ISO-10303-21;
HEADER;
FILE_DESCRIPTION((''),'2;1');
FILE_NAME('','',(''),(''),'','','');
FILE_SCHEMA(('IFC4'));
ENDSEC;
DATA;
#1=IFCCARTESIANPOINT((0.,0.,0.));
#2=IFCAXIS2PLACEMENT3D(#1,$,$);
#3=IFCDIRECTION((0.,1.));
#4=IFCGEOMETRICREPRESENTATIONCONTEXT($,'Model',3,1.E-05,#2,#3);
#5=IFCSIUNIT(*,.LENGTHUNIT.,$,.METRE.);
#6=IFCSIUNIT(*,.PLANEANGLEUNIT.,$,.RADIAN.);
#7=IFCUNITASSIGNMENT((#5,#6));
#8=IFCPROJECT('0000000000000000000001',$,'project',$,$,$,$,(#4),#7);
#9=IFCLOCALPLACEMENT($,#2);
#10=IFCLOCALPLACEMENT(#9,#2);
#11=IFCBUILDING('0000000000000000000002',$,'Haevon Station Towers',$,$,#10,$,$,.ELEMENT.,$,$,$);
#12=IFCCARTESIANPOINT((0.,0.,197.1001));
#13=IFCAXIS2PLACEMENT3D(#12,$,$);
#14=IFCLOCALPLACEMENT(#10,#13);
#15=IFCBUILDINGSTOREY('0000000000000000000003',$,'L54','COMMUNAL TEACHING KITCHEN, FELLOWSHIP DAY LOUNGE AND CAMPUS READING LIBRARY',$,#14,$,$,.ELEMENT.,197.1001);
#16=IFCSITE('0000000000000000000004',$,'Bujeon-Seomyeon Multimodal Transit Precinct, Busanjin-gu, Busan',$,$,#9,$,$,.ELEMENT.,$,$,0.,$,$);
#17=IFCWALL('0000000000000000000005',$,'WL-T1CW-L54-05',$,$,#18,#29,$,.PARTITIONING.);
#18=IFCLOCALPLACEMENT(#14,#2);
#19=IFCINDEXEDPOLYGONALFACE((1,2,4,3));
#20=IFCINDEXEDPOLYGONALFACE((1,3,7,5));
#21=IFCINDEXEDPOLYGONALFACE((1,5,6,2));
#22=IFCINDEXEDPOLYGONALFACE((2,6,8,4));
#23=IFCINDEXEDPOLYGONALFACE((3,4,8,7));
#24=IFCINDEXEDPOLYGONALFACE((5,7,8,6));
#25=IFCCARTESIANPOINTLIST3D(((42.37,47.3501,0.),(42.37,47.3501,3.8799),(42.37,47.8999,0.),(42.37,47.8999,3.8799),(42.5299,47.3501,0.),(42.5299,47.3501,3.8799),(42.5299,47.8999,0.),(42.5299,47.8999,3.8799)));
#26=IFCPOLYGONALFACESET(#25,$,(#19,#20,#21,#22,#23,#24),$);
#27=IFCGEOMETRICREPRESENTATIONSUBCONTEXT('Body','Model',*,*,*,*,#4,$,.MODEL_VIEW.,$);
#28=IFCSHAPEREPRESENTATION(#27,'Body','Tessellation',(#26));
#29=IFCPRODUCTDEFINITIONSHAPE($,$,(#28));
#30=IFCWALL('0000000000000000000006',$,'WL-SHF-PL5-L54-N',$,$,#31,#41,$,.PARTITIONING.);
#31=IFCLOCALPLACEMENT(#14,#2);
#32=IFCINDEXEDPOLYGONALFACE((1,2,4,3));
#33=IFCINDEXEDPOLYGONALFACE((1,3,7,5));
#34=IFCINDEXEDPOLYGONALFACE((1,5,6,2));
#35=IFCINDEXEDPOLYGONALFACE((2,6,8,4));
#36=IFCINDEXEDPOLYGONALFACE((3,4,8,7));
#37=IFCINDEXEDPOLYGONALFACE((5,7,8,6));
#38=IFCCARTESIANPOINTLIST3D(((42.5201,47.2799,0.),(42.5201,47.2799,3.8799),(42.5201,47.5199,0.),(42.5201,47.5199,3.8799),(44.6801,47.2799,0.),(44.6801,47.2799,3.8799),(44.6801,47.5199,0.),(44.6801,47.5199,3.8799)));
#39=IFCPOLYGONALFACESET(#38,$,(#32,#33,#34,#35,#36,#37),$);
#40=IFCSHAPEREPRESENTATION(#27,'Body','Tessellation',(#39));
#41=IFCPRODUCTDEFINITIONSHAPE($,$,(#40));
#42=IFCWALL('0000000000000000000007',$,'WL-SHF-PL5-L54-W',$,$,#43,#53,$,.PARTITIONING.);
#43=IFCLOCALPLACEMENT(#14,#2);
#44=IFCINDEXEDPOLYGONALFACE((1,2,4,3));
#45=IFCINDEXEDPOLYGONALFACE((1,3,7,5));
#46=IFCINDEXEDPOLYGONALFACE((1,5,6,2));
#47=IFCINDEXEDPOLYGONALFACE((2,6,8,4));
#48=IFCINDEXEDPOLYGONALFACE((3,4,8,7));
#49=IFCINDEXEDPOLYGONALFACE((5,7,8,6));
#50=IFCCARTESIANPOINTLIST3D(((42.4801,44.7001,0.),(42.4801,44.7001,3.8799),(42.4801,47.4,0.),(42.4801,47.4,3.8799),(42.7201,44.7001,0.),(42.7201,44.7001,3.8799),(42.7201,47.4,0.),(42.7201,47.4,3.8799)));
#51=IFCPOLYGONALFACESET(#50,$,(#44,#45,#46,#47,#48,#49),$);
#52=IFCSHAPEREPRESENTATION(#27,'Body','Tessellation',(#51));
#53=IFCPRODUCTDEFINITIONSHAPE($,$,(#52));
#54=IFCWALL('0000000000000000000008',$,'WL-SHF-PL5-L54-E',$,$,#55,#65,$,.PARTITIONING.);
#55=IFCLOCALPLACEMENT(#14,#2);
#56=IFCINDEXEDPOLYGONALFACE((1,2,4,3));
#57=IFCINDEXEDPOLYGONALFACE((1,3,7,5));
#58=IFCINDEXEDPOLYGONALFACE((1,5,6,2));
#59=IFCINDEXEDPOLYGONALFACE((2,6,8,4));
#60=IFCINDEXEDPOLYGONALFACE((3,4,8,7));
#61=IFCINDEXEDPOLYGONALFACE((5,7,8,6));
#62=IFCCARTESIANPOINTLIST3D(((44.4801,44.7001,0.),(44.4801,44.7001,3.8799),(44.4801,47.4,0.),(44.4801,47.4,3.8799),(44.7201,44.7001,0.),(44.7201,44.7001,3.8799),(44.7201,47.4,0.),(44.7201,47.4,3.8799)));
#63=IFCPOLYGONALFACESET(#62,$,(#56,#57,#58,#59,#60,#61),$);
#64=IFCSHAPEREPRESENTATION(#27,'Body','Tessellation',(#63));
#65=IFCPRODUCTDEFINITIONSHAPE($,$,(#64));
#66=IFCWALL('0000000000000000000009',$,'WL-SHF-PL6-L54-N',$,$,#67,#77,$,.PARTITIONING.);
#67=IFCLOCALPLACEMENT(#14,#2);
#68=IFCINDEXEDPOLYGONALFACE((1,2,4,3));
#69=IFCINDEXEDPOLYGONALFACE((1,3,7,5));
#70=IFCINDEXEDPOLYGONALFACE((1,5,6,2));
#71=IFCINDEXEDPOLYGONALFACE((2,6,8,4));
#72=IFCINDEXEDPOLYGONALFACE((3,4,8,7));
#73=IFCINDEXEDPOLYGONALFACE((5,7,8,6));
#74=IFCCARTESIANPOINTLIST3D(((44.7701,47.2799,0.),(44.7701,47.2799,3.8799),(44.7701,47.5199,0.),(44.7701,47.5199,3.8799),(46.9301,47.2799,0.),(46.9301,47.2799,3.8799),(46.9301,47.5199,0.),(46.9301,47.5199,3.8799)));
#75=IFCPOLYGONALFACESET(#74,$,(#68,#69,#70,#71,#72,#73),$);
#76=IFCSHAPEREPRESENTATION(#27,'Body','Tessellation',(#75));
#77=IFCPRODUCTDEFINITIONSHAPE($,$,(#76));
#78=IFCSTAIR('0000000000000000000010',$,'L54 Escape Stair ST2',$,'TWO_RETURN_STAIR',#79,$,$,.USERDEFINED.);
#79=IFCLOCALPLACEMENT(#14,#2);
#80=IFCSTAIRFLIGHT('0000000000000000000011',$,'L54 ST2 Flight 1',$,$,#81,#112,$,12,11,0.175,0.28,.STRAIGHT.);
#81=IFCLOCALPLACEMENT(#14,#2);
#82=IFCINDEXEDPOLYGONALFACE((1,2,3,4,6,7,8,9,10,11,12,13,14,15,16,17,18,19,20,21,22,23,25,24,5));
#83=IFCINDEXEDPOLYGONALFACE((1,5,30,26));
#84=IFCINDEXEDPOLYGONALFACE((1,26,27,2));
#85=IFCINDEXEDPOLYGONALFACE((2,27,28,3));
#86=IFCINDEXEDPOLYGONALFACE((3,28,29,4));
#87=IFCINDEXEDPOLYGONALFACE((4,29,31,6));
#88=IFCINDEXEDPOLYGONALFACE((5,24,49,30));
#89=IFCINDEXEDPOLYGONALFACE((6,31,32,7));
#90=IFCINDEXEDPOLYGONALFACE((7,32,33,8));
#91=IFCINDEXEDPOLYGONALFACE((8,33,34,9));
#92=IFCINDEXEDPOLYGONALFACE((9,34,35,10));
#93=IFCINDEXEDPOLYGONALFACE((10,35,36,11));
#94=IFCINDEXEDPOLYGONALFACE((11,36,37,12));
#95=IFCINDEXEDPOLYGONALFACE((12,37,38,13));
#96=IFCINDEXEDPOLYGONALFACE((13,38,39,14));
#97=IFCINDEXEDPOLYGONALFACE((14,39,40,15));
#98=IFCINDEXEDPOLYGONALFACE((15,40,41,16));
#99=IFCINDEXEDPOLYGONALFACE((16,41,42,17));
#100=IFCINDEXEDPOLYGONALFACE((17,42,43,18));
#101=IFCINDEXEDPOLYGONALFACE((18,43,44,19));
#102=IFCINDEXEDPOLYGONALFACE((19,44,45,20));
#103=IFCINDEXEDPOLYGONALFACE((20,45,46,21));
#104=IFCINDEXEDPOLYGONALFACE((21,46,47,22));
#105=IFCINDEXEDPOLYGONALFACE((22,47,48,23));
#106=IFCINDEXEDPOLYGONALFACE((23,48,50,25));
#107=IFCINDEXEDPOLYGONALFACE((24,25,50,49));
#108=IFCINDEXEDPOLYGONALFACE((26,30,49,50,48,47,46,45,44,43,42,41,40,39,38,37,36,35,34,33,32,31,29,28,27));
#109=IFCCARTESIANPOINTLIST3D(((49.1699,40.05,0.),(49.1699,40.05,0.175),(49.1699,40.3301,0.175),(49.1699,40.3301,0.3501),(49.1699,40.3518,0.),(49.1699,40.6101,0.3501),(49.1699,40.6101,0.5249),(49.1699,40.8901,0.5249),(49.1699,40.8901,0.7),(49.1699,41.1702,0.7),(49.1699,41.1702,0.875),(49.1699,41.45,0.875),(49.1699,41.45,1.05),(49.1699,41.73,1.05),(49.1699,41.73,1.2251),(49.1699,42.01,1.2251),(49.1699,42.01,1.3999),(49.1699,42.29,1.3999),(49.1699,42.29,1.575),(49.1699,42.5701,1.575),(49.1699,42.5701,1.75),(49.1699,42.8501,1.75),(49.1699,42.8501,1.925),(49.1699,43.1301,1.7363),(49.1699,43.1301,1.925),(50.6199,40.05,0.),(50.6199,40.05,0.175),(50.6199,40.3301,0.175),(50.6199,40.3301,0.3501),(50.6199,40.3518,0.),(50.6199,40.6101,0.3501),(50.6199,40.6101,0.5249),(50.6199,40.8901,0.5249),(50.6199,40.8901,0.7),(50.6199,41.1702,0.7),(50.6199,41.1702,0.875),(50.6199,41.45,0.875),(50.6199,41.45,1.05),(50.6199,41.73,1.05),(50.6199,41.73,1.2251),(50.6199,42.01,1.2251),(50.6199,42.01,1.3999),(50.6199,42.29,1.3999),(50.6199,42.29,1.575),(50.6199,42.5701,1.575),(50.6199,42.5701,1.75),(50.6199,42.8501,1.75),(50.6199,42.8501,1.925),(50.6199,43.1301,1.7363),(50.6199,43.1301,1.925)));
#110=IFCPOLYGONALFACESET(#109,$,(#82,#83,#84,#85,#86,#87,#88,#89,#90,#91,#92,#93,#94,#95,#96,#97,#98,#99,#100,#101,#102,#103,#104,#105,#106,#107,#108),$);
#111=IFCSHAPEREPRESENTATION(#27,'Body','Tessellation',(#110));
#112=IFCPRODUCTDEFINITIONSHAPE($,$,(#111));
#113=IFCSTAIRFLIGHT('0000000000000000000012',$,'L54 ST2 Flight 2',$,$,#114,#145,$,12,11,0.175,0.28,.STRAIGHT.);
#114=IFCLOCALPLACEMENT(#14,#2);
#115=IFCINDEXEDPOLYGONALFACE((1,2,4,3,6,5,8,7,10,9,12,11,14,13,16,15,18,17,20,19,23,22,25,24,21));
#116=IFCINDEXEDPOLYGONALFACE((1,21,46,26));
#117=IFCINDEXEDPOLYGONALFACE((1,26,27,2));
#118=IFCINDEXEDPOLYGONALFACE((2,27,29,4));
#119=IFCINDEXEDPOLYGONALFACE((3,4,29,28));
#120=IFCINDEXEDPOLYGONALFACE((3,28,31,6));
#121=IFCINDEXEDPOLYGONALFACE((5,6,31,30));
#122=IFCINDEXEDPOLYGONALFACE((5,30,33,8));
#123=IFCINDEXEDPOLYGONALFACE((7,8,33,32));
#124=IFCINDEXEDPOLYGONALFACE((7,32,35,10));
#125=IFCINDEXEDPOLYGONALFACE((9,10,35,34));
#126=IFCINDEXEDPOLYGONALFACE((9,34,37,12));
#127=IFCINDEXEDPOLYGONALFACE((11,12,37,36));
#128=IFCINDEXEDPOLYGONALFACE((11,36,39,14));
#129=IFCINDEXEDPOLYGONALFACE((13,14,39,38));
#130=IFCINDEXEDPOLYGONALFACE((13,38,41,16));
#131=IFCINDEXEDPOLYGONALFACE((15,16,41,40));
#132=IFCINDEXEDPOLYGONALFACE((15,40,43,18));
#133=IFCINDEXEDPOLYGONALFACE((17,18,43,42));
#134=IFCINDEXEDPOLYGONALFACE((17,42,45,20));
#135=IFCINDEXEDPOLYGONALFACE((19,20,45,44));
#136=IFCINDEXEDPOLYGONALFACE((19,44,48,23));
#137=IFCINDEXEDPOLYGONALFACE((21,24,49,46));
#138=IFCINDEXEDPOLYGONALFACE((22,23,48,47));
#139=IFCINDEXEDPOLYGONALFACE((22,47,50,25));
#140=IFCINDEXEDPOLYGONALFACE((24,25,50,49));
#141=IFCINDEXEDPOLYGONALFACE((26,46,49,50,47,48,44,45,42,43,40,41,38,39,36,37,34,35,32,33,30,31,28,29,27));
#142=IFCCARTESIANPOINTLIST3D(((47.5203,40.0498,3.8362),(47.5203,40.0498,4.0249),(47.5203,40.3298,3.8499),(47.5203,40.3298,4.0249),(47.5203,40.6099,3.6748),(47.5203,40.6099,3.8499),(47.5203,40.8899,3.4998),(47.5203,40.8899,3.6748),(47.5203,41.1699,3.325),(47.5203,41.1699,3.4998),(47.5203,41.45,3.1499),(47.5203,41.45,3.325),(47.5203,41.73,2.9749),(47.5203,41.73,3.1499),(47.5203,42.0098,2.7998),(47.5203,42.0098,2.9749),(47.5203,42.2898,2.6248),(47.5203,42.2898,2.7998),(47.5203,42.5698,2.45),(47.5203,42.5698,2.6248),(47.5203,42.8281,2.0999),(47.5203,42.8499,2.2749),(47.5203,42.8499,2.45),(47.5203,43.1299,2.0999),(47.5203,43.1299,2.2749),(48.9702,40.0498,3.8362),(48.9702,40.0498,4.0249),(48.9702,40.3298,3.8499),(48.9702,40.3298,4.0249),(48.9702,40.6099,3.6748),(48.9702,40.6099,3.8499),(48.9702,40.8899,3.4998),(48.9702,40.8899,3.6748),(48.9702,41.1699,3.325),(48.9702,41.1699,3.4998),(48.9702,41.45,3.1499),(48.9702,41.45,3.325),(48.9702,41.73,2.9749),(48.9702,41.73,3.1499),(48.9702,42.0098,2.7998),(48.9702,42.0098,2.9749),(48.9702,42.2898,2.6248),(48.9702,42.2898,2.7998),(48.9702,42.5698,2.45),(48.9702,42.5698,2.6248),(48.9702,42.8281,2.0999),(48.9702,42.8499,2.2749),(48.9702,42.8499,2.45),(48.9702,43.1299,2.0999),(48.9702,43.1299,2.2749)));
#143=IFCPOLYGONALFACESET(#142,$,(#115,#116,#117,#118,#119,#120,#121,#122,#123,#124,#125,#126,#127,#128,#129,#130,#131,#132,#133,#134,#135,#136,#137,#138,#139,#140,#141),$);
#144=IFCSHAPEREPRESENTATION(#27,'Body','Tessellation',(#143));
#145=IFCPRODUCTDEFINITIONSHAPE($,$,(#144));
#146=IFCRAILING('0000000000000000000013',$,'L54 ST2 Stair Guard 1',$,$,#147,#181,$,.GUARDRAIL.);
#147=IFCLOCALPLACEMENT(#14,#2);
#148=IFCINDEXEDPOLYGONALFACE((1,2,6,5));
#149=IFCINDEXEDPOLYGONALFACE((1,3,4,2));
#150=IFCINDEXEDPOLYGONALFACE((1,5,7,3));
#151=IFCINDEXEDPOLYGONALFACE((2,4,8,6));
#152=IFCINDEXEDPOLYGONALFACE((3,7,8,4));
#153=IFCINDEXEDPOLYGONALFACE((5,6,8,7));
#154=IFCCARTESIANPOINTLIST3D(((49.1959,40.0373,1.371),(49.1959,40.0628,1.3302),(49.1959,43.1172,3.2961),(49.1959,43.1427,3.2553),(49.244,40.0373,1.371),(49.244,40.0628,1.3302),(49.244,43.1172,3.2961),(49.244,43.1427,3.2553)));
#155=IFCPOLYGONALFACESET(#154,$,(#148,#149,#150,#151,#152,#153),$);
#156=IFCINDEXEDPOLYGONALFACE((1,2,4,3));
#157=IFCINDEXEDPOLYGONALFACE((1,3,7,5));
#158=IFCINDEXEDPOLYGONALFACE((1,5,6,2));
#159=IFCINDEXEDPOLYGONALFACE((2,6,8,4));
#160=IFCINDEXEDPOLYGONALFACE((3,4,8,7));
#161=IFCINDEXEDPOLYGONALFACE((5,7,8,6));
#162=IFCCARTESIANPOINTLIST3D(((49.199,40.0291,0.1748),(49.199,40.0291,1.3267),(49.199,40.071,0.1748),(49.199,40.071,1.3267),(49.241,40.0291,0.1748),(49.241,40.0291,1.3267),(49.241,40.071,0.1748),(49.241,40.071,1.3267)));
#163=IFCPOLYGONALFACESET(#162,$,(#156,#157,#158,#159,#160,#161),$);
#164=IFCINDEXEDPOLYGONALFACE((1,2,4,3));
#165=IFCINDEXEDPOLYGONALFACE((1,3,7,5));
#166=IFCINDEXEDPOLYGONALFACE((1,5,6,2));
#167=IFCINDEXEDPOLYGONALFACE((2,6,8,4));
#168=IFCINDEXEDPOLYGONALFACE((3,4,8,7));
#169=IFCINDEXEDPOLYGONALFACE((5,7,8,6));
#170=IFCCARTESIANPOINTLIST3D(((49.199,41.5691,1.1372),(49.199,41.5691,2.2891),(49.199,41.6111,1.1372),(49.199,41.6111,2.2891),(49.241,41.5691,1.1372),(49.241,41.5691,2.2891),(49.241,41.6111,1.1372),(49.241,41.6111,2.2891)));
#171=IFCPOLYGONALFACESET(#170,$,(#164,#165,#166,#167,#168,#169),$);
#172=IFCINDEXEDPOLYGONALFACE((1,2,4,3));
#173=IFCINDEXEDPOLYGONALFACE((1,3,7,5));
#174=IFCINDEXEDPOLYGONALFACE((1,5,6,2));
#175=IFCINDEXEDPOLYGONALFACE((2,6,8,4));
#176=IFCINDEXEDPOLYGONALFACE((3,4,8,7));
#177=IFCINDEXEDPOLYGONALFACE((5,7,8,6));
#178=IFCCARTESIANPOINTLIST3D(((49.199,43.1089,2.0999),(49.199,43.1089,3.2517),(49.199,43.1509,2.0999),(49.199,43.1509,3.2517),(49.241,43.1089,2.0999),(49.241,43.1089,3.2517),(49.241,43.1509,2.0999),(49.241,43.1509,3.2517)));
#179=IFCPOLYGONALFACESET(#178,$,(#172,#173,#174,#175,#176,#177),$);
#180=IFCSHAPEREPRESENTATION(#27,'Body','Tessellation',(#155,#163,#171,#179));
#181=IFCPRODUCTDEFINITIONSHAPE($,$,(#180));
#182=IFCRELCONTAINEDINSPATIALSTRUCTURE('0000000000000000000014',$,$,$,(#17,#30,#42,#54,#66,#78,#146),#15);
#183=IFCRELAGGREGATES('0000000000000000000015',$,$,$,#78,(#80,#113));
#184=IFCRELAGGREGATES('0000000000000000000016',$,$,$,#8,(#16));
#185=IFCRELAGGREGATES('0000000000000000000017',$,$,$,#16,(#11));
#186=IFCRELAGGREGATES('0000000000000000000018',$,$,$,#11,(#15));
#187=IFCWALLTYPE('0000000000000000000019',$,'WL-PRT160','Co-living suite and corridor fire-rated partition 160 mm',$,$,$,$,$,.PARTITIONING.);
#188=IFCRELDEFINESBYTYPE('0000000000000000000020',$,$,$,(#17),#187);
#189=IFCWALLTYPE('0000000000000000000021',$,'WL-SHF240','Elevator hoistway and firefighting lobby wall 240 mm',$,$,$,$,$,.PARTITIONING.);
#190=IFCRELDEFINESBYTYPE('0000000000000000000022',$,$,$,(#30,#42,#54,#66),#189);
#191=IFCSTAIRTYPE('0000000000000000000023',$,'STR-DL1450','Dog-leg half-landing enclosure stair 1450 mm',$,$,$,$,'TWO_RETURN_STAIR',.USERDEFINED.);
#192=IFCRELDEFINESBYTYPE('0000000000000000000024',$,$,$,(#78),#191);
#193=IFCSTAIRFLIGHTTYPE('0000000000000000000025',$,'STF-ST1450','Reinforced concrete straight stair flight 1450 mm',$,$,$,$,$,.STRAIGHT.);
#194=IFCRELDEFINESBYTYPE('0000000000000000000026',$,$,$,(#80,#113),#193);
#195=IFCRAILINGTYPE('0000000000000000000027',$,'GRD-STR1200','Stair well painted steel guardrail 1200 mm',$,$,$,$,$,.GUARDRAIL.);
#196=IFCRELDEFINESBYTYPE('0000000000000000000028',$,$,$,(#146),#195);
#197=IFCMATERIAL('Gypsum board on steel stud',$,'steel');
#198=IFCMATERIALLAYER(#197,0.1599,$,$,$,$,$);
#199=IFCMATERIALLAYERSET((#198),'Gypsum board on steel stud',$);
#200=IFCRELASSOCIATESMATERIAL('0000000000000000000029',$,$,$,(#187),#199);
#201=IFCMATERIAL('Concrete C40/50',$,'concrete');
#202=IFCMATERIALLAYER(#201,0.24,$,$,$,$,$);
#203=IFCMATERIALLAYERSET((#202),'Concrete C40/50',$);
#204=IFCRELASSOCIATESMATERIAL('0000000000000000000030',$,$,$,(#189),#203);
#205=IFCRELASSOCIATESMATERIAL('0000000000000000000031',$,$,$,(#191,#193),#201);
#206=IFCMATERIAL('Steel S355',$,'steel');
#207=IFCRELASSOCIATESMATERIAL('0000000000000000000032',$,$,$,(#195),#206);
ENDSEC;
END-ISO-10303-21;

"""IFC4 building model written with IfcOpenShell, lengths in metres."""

from ifc_helpers import new_model, si_unit, direction, frame, frame_2d, origin, origin_2d, place, context, subcontext, project, spatial, polyline, rectangle, outline, extrude, material, layer, layer_set, type_object, element, aggregate, save


model = new_model("IFC4")

# Units and contexts
model_context = context("Model", 3, precision=1e-05, world=origin(), true_north=direction((0.0, 1.0)))
body_context = subcontext(model_context, "Body", "Model", "MODEL_VIEW")
ifc_project = project(units=[si_unit("LENGTHUNIT", "METRE"), si_unit("PLANEANGLEUNIT", "RADIAN")], contexts=[model_context])

# Site, building, storey
site_placement = place(None, origin())
site = spatial("IfcSite", under=ifc_project, at=site_placement, Name="Bujeon-Seomyeon Multimodal Transit Precinct, Busanjin-gu, Busan", CompositionType="ELEMENT", RefElevation=0.0)
building_placement = place(site_placement, origin())
building = spatial("IfcBuilding", under=site, at=building_placement, Name="Haevon Station Towers", CompositionType="ELEMENT")
storey_placement = place(building_placement, frame((0.0, 0.0, 197.1001)))
storey = spatial("IfcBuildingStorey", under=building, at=storey_placement, Name="L54", Description="COMMUNAL TEACHING KITCHEN, FELLOWSHIP DAY LOUNGE AND CAMPUS READING LIBRARY", CompositionType="ELEMENT", Elevation=197.1001)

# Shared definitions
ifc_material_1 = material(Name="Steel S355", Category="steel")

# Wall
ifc_material_2 = material(Name="Gypsum board on steel stud", Category="steel")
ifc_layer_1 = layer(ifc_material_2, 0.1599)
ifc_layer_set_1 = layer_set([ifc_layer_1], Name="Gypsum board on steel stud")
wall_type_1 = type_object("IfcWallType", Name="WL-PRT160", Description="Co-living suite and corridor fire-rated partition 160 mm", PredefinedType="PARTITIONING", material=ifc_layer_set_1)
wall_1_placement = place(storey_placement, frame((42.45, 47.3501, 0.0), z_axis=(0.0, 0.0, 1.0), x_axis=(0.0, 1.0, 0.0)))
element("IfcWall", 1, at=wall_1_placement, inside=storey, type_object=wall_type_1, Name="WL-T1CW-L54-05", PredefinedType="PARTITIONING", context=body_context, shape_type="SweptSolid", body=[
    extrude(rectangle(XDim=0.5498, YDim=0.1599, at=frame_2d((0.2749, 0.0))), origin(), (0.0, 0.0, 1.0), 3.8799),
])

# Shared definitions
ifc_material_3 = material(Name="Concrete C40/50", Category="concrete")
ifc_layer_2 = layer(ifc_material_3, 0.24)
ifc_layer_set_2 = layer_set([ifc_layer_2], Name="Concrete C40/50")
wall_type_2 = type_object("IfcWallType", Name="WL-SHF240", Description="Elevator hoistway and firefighting lobby wall 240 mm", PredefinedType="PARTITIONING", material=ifc_layer_set_2)

# Walls
wall_2_placement = place(storey_placement, frame((42.52, 47.3999, 0.0), z_axis=(0.0, 0.0, 1.0), x_axis=(1.0, 0.0, 0.0)))
element("IfcWall", 2, at=wall_2_placement, inside=storey, type_object=wall_type_2, Name="WL-SHF-PL5-L54-N", PredefinedType="PARTITIONING", context=body_context, shape_type="SweptSolid", body=[
    extrude(rectangle(XDim=2.1599, YDim=0.24, at=frame_2d((1.0801, 0.0))), origin(), (0.0, 0.0, 1.0), 3.8799),
])
for number, where, z_axis, x_axis, name in (
    (3, (42.6001, 44.7, 0.0), (0.0, 0.0, 1.0), (0.0, 1.0, 0.0), "WL-SHF-PL5-L54-W"),
    (4, (44.6001, 44.7, 0.0), (0.0, 0.0, 1.0), (0.0, 1.0, 0.0), "WL-SHF-PL5-L54-E"),
):
    element("IfcWall", number, at=place(storey_placement, frame(where, z_axis=z_axis, x_axis=x_axis)), inside=storey, type_object=wall_type_2, Name=name, PredefinedType="PARTITIONING", context=body_context, shape_type="SweptSolid", body=[
        extrude(rectangle(XDim=2.7, YDim=0.24, at=frame_2d((1.3501, 0.0))), origin(), (0.0, 0.0, 1.0), 3.8799),
    ])

# Wall
wall_3_placement = place(storey_placement, frame((44.77, 47.3999, 0.0), z_axis=(0.0, 0.0, 1.0), x_axis=(1.0, 0.0, 0.0)))
element("IfcWall", 5, at=wall_3_placement, inside=storey, type_object=wall_type_2, Name="WL-SHF-PL6-L54-N", PredefinedType="PARTITIONING", context=body_context, shape_type="SweptSolid", body=[
    extrude(rectangle(XDim=2.1599, YDim=0.24, at=frame_2d((1.0801, 0.0))), origin(), (0.0, 0.0, 1.0), 3.8799),
])

# Stair, stair flights
stair_type = type_object("IfcStairType", Name="STR-DL1450", Description="Dog-leg half-landing enclosure stair 1450 mm", ElementType="TWO_RETURN_STAIR", PredefinedType="USERDEFINED", material=ifc_material_3)
stair_placement = place(storey_placement, origin())
stair = element("IfcStair", 6, at=stair_placement, inside=storey, type_object=stair_type, Name="L54 Escape Stair ST2", ObjectType="TWO_RETURN_STAIR", PredefinedType="USERDEFINED")
stair_flight_type = type_object("IfcStairFlightType", Name="STF-ST1450", Description="Reinforced concrete straight stair flight 1450 mm", PredefinedType="STRAIGHT", material=ifc_material_3)
stair_flight_1_placement = place(storey_placement, frame((49.895, 40.05, 0.0), z_axis=(0.0, 0.0, 1.0), x_axis=(0.0, 1.0, 0.0)))
stair_flight_1 = element("IfcStairFlight", 7, at=stair_flight_1_placement, type_object=stair_flight_type, Name="L54 ST2 Flight 1", NumberOfRisers=12, NumberOfTreads=11, PredefinedType="STRAIGHT", RiserHeight=0.175, TreadLength=0.28, context=body_context, shape_type="SweptSolid", body=[
    extrude(outline(polyline([(0.0, 0.0), (0.0, 0.175), (0.28, 0.175), (0.28, 0.3501), (0.5601, 0.3501), (0.5601, 0.5249), (0.8401, 0.5249), (0.8401, 0.7), (1.1201, 0.7), (1.1201, 0.875), (1.3999, 0.875), (1.3999, 1.05), (1.6799, 1.05), (1.6799, 1.2251), (1.96, 1.2251), (1.96, 1.3999), (2.24, 1.3999), (2.24, 1.575), (2.52, 1.575), (2.52, 1.75), (2.8, 1.75), (2.8, 1.925), (3.0801, 1.925), (3.0801, 2.1001), (3.0801, 1.7363), (0.3018, 0.0), (0.0, 0.0)])), frame((0.0, 0.7251, 0.0), z_axis=(0.0, -1.0, 0.0), x_axis=(1.0, 0.0, 0.0)), (0.0, 0.0, 1.0), 1.45),
])
stair_flight_2_placement = place(storey_placement, frame((48.2451, 43.1299, 2.0999), z_axis=(0.0, 0.0, 1.0), x_axis=(0.0, -1.0, 0.0)))
stair_flight_2 = element("IfcStairFlight", 8, at=stair_flight_2_placement, type_object=stair_flight_type, Name="L54 ST2 Flight 2", NumberOfRisers=12, NumberOfTreads=11, PredefinedType="STRAIGHT", RiserHeight=0.175, TreadLength=0.28, context=body_context, shape_type="SweptSolid", body=[
    extrude(outline(polyline([(0.0, 0.0), (0.0, 0.175), (0.28, 0.175), (0.28, 0.3501), (0.5601, 0.3501), (0.5601, 0.5249), (0.8401, 0.5249), (0.8401, 0.7), (1.1201, 0.7), (1.1201, 0.875), (1.3999, 0.875), (1.3999, 1.05), (1.6799, 1.05), (1.6799, 1.2251), (1.96, 1.2251), (1.96, 1.3999), (2.24, 1.3999), (2.24, 1.575), (2.52, 1.575), (2.52, 1.75), (2.8, 1.75), (2.8, 1.925), (3.0801, 1.925), (3.0801, 2.1001), (3.0801, 1.7363), (0.3018, 0.0), (0.0, 0.0)])), frame((0.0, 0.7251, 0.0), z_axis=(0.0, -1.0, 0.0), x_axis=(1.0, 0.0, 0.0)), (0.0, 0.0, 1.0), 1.45),
])
aggregate(stair, [stair_flight_1, stair_flight_2])

# Railing
railing_type_1 = type_object("IfcRailingType", Name="GRD-STR1200", Description="Stair well painted steel guardrail 1200 mm", PredefinedType="GUARDRAIL", material=ifc_material_1)
railing_1_placement = place(storey_placement, frame((49.22, 40.05, 0.1748)))
element("IfcRailing", 9, at=railing_1_placement, inside=storey, type_object=railing_type_1, Name="L54 ST2 Stair Guard 1", PredefinedType="GUARDRAIL", context=body_context, shape_type="SweptSolid", body=[
    extrude(rectangle(XDim=0.0481, YDim=0.0481, at=origin_2d()), frame((0.0, 0.0, 1.1758), z_axis=(0.0, 0.847979, 0.530029), x_axis=(-1.0, 0.0, 0.0)), (0.0, 0.0, 1.0), 3.6321),
    extrude(rectangle(XDim=0.042, YDim=0.042, at=origin_2d()), origin(), (0.0, 0.0, 1.0), 1.1519),
    extrude(rectangle(XDim=0.042, YDim=0.042, at=origin_2d()), frame((0.0, 1.54, 0.9624)), (0.0, 0.0, 1.0), 1.1519),
    extrude(rectangle(XDim=0.042, YDim=0.042, at=origin_2d()), frame((0.0, 3.0798, 1.925)), (0.0, 0.0, 1.0), 1.1519),
])

save(model, "model.ifc")
